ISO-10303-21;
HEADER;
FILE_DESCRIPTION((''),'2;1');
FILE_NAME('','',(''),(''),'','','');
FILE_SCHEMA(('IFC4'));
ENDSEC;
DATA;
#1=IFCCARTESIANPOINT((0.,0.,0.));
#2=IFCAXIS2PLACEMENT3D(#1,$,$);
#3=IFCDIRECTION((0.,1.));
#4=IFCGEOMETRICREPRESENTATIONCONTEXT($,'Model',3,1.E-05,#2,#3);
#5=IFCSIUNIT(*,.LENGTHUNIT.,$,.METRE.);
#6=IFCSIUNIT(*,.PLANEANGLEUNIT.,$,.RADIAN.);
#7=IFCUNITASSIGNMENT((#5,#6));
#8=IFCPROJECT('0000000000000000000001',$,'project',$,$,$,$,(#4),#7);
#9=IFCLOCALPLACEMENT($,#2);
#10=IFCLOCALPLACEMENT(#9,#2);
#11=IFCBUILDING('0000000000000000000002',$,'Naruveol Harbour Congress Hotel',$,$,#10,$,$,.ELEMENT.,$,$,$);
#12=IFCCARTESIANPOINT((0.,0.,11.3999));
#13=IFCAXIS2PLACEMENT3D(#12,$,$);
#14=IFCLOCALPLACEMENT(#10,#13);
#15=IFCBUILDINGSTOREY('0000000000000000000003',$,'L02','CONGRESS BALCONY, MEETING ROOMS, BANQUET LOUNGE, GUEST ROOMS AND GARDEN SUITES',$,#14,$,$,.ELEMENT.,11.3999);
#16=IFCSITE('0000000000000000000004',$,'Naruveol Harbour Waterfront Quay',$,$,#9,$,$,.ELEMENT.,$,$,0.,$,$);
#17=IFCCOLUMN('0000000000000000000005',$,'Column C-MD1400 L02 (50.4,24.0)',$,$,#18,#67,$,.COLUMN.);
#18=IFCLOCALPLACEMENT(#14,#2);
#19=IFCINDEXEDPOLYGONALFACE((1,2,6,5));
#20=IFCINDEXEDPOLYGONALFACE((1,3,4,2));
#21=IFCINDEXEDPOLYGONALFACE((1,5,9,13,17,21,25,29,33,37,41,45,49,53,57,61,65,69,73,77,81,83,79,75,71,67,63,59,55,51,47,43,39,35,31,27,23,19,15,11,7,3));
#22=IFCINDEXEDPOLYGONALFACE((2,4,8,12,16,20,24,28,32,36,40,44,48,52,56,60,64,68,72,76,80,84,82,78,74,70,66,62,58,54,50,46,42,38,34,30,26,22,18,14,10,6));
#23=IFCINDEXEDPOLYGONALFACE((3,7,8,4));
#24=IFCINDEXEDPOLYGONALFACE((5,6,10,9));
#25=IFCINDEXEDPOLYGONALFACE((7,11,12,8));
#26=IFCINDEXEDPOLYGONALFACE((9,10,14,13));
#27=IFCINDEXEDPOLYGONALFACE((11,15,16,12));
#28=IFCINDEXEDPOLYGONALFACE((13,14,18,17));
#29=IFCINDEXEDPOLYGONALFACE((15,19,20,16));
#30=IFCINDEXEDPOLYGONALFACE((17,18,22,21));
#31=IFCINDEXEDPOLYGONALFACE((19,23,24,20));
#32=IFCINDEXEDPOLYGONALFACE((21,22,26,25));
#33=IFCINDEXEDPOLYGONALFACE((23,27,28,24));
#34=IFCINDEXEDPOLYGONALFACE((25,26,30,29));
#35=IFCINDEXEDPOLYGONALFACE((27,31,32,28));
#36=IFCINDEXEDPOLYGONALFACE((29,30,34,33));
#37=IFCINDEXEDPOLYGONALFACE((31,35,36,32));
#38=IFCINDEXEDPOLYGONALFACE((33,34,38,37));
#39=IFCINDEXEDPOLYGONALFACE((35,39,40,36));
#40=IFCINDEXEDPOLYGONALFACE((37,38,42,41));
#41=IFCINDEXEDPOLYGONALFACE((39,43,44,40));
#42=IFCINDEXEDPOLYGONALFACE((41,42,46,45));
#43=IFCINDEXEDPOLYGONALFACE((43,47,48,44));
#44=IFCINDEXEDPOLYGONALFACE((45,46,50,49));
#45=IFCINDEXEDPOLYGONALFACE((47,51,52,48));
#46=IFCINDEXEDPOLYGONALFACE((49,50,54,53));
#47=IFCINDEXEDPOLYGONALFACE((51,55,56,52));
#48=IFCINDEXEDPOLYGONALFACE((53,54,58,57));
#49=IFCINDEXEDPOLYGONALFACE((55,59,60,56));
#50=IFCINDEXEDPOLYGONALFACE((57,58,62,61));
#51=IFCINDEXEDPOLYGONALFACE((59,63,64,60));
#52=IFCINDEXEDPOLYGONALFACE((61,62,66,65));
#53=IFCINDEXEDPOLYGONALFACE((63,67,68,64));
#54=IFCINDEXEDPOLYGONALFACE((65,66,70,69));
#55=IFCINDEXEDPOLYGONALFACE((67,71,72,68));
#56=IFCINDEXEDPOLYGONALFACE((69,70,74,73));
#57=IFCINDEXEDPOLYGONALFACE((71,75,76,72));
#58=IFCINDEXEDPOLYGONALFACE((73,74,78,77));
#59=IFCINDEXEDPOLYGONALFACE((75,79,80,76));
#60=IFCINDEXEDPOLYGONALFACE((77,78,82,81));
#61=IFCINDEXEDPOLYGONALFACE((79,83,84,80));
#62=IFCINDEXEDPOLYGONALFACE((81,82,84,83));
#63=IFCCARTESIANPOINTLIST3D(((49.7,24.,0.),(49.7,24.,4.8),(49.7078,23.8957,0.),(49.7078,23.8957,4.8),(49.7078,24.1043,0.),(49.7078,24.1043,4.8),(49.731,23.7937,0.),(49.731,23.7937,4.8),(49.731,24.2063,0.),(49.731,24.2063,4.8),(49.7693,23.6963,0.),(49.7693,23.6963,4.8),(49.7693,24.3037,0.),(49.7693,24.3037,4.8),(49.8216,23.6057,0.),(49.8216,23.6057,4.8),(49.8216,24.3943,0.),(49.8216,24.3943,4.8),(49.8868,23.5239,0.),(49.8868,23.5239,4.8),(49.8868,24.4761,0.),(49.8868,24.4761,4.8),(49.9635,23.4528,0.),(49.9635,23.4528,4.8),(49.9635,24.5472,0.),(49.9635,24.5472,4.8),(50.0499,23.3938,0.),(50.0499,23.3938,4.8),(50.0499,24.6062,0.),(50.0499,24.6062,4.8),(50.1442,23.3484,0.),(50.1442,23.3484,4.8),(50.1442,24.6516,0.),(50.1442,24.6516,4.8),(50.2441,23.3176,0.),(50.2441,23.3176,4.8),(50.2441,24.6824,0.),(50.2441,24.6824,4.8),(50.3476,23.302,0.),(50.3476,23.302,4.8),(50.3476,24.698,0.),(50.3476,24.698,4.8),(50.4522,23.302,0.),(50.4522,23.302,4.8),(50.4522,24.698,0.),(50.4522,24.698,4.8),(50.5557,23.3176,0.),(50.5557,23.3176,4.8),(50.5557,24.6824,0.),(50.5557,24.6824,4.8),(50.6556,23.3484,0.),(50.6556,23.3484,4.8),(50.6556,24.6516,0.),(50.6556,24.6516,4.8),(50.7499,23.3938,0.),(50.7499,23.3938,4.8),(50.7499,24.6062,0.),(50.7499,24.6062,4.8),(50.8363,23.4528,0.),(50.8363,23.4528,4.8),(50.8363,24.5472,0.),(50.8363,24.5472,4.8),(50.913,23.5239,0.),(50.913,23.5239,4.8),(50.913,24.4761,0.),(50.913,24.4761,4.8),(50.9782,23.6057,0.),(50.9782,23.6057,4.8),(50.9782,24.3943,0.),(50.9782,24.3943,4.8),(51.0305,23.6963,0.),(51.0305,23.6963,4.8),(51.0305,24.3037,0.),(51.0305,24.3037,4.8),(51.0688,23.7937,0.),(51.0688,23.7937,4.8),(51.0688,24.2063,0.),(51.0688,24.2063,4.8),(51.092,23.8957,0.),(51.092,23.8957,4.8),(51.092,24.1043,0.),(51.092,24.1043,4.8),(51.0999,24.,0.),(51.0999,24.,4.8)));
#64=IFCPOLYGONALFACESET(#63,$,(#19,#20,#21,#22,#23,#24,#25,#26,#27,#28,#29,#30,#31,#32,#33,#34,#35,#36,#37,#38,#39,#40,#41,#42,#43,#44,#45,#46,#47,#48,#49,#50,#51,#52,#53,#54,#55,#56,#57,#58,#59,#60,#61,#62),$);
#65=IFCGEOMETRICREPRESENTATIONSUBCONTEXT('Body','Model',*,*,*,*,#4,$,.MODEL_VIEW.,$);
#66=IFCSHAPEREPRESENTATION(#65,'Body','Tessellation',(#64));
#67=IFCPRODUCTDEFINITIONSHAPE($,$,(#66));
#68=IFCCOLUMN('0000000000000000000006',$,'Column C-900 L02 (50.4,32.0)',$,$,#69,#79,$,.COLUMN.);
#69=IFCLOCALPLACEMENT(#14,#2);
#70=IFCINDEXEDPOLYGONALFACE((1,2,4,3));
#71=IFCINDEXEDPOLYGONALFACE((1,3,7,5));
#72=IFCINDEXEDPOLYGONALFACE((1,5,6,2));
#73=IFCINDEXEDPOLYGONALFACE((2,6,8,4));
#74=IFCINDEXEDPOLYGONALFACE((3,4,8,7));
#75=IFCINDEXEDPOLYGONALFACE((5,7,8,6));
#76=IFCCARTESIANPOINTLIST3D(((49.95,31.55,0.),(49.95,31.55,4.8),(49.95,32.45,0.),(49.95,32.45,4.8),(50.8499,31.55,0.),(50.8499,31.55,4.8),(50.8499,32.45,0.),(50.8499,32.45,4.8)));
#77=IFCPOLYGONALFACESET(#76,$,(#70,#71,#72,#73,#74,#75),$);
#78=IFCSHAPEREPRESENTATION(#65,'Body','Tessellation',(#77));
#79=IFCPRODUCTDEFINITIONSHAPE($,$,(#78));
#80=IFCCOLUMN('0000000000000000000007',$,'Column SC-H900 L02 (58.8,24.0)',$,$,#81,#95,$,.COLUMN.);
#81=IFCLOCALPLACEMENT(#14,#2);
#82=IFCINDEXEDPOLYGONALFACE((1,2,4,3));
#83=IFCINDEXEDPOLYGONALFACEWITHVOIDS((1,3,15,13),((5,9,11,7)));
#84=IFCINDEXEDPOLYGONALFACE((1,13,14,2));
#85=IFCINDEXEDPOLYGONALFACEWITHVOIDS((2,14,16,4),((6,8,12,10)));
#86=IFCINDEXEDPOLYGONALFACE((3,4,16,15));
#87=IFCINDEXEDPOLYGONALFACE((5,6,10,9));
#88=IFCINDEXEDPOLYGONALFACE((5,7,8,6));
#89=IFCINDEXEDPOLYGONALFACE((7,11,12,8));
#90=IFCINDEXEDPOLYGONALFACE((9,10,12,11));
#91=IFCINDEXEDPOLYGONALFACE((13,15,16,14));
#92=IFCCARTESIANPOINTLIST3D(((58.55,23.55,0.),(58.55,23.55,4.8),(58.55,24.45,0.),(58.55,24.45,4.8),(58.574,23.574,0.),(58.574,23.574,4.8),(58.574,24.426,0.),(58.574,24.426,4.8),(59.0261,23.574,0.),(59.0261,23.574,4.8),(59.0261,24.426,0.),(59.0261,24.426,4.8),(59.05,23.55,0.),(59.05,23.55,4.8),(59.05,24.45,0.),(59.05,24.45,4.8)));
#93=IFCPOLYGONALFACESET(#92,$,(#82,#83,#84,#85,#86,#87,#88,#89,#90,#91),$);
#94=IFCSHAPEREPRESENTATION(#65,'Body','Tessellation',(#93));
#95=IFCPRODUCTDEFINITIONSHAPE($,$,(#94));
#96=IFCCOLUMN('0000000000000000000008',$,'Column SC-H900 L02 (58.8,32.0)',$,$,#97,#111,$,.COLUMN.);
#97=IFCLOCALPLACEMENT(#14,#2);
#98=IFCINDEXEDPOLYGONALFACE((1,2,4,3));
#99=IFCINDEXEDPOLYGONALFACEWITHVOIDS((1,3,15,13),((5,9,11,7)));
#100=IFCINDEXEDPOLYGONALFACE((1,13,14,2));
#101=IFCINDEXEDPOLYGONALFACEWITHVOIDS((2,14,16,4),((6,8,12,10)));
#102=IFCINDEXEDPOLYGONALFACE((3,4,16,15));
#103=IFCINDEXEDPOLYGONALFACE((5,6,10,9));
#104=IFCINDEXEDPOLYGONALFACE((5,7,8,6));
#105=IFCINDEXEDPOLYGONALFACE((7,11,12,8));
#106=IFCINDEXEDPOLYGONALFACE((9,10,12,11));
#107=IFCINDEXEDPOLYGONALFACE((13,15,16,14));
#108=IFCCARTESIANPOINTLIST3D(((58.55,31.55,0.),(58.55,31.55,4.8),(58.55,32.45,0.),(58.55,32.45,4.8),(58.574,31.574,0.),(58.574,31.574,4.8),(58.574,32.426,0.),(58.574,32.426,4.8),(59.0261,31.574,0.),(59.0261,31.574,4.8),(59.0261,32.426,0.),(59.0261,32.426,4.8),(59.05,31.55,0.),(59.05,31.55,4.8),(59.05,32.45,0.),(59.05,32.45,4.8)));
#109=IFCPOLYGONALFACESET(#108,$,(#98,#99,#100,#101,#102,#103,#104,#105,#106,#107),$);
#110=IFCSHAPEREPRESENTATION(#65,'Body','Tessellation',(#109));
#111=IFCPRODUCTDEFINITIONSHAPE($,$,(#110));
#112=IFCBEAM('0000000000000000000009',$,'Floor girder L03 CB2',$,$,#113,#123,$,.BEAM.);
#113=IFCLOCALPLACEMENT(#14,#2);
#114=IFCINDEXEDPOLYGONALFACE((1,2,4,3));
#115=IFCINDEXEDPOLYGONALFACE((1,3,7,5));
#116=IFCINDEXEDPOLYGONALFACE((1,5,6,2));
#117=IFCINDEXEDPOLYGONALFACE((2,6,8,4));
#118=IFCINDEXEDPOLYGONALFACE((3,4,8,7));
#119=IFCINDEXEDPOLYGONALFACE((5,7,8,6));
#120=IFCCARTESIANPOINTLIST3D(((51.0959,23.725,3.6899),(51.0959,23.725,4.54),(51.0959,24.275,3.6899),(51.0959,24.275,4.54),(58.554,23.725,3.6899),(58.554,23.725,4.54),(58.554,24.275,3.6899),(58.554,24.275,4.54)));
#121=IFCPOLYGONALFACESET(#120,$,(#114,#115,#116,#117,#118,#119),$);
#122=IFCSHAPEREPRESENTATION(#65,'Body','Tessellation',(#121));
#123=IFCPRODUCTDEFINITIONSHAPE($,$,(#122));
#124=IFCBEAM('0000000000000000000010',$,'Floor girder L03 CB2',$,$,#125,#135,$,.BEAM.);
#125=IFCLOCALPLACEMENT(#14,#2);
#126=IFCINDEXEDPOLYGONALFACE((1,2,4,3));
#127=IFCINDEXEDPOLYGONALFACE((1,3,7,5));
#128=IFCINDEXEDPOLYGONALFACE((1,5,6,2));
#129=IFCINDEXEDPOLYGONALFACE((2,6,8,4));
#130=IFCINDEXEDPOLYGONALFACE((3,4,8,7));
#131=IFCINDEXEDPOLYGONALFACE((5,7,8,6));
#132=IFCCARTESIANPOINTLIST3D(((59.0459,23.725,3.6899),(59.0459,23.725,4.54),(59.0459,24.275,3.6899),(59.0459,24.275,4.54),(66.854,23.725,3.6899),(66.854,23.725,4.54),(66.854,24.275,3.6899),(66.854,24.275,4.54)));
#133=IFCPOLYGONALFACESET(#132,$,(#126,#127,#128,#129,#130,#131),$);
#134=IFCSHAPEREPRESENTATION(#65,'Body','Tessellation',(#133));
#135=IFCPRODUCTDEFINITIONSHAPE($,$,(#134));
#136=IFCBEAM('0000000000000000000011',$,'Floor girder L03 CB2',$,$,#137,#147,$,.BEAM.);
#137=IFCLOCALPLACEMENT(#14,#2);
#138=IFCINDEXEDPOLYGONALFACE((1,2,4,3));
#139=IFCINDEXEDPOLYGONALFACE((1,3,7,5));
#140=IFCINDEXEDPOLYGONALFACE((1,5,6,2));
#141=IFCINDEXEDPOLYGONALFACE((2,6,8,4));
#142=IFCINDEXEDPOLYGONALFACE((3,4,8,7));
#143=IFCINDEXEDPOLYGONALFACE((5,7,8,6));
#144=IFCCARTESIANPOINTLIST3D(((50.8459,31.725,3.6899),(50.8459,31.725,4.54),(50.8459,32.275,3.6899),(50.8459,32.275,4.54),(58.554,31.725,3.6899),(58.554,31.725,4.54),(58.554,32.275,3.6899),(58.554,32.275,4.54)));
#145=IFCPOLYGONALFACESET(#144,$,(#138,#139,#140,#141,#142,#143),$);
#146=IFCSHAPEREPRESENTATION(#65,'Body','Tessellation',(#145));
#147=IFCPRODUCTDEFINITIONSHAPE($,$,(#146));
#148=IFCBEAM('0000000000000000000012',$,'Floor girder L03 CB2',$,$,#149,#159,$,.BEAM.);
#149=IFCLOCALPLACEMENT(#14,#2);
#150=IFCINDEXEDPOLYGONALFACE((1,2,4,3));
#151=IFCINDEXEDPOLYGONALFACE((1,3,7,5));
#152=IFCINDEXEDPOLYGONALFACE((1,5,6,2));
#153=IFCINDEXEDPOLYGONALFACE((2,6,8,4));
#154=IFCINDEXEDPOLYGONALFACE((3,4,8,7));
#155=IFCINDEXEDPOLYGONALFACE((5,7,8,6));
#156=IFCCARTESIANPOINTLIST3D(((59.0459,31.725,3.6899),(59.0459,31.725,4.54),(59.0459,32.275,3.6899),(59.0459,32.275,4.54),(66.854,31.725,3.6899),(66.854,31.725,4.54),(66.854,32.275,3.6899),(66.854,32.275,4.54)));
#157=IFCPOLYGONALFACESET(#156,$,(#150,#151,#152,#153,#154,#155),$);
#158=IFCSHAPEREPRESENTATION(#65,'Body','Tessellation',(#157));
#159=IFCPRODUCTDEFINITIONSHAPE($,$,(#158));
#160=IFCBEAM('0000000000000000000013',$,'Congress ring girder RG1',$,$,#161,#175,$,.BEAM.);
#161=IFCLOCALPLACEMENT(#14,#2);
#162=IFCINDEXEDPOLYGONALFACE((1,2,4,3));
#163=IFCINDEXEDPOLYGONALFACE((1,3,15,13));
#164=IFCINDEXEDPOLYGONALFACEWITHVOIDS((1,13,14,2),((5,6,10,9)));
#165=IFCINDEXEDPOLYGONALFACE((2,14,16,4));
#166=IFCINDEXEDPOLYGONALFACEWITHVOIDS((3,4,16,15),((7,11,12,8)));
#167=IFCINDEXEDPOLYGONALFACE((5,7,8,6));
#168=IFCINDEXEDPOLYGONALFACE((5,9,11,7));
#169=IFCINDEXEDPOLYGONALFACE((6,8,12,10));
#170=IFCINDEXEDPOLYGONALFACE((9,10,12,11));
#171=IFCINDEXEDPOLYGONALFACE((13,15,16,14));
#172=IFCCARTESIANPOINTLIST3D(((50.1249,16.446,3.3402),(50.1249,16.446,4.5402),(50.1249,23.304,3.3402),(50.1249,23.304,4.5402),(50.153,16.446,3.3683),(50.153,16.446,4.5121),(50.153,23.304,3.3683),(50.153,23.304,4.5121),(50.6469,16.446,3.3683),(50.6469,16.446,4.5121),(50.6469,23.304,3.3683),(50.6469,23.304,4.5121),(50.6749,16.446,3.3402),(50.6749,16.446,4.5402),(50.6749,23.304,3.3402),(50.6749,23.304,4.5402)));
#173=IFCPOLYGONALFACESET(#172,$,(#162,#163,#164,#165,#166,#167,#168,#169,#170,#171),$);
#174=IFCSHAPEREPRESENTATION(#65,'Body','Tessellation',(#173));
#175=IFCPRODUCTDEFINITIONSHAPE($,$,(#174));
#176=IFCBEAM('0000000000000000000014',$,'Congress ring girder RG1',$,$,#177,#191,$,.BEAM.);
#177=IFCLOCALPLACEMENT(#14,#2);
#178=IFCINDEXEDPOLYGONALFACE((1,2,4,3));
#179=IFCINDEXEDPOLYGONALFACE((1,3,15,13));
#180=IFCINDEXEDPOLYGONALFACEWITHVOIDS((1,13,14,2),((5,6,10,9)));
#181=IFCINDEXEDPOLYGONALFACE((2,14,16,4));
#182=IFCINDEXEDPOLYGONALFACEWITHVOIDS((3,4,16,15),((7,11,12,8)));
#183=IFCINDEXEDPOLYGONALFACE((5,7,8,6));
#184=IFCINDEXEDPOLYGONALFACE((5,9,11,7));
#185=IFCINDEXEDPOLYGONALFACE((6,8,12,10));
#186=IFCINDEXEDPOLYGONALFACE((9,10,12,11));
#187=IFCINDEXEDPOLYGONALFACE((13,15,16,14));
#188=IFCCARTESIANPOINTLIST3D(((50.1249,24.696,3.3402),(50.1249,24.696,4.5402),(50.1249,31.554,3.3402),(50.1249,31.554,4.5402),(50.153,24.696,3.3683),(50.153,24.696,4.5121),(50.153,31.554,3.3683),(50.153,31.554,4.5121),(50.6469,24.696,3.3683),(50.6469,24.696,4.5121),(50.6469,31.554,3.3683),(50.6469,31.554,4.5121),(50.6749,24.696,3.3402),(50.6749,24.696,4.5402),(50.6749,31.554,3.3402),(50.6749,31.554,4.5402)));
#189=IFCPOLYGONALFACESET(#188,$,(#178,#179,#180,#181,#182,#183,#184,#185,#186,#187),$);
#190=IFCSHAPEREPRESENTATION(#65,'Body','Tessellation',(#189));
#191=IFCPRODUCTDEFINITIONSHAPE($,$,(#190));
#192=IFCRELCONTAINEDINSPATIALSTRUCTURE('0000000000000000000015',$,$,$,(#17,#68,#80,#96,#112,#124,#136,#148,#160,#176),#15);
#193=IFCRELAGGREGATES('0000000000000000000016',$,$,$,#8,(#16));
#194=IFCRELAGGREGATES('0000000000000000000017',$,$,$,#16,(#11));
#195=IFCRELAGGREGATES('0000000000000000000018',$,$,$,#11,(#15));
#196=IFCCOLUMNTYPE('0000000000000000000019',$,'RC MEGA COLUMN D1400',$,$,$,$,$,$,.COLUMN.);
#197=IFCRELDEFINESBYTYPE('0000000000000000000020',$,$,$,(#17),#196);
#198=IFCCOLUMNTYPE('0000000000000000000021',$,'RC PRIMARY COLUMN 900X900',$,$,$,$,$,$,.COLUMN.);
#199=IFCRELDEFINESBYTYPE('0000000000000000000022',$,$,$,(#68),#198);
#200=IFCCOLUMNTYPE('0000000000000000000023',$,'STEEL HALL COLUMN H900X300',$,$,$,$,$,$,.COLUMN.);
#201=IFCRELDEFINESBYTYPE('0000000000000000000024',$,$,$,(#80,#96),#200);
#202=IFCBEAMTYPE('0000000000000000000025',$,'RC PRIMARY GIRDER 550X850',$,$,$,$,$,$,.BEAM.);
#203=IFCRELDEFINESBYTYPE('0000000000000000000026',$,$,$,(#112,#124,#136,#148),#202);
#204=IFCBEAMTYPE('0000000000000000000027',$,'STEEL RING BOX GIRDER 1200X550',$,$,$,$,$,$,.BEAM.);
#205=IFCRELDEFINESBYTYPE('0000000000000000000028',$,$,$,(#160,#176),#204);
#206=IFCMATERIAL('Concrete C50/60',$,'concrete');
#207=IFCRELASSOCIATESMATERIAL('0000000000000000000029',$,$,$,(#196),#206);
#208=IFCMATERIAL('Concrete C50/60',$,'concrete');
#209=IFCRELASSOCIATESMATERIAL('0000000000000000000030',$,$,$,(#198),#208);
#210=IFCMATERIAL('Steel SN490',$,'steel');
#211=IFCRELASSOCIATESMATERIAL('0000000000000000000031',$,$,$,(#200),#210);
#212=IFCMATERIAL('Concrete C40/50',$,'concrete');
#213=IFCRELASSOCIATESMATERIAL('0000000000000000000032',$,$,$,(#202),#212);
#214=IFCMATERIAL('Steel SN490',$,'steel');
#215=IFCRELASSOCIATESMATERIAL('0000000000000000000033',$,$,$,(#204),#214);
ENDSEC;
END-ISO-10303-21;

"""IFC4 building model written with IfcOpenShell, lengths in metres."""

from ifc_helpers import new_model, si_unit, direction, frame, origin, origin_2d, place, context, subcontext, project, spatial, rectangle, hollow_rectangle, circle, extrude, material, material_profile, profile_set, type_object, element, save


model = new_model("IFC4")

# Units and contexts
model_context = context("Model", 3, precision=1e-05, world=origin(), true_north=direction((0.0, 1.0)))
body_context = subcontext(model_context, "Body", "Model", "MODEL_VIEW")
ifc_project = project(units=[si_unit("LENGTHUNIT", "METRE"), si_unit("PLANEANGLEUNIT", "RADIAN")], contexts=[model_context])

# Site, building, storey
site_placement = place(None, origin())
site = spatial("IfcSite", under=ifc_project, at=site_placement, Name="Naruveol Harbour Waterfront Quay", CompositionType="ELEMENT", RefElevation=0.0)
building_placement = place(site_placement, origin())
building = spatial("IfcBuilding", under=site, at=building_placement, Name="Naruveol Harbour Congress Hotel", CompositionType="ELEMENT")
storey_placement = place(building_placement, frame((0.0, 0.0, 11.3999)))
storey = spatial("IfcBuildingStorey", under=building, at=storey_placement, Name="L02", Description="CONGRESS BALCONY, MEETING ROOMS, BANQUET LOUNGE, GUEST ROOMS AND GARDEN SUITES", CompositionType="ELEMENT", Elevation=11.3999)

# Columns
ifc_material_1 = material(Name="Concrete C50/60", Category="concrete")
ifc_material_profile_1 = material_profile(ifc_material_1, circle(Radius=0.7, at=origin_2d()), Name="RC-D1400")
ifc_profile_set_1 = profile_set([ifc_material_profile_1], Name="Concrete C50/60")
column_type_1 = type_object("IfcColumnType", Name="RC MEGA COLUMN D1400", PredefinedType="COLUMN", material=ifc_profile_set_1)
column_1_placement = place(storey_placement, frame((50.3999, 24.0, 0.0), z_axis=(0.0, 0.0, 1.0), x_axis=(1.0, 0.0, 0.0)))
element("IfcColumn", 1, at=column_1_placement, inside=storey, type_object=column_type_1, Name="Column C-MD1400 L02 (50.4,24.0)", PredefinedType="COLUMN", context=body_context, shape_type="SweptSolid", body=[
    extrude(circle(Radius=0.7, at=origin_2d()), origin(), (0.0, 0.0, 1.0), 4.8),
])
ifc_material_2 = material(Name="Concrete C50/60", Category="concrete")
ifc_material_profile_2 = material_profile(ifc_material_2, rectangle(XDim=0.8999, YDim=0.8999, at=origin_2d()), Name="RC-900x900")
ifc_profile_set_2 = profile_set([ifc_material_profile_2], Name="Concrete C50/60")
column_type_2 = type_object("IfcColumnType", Name="RC PRIMARY COLUMN 900X900", PredefinedType="COLUMN", material=ifc_profile_set_2)
column_2_placement = place(storey_placement, frame((50.3999, 32.0, 0.0), z_axis=(0.0, 0.0, 1.0), x_axis=(1.0, 0.0, 0.0)))
element("IfcColumn", 2, at=column_2_placement, inside=storey, type_object=column_type_2, Name="Column C-900 L02 (50.4,32.0)", PredefinedType="COLUMN", context=body_context, shape_type="SweptSolid", body=[
    extrude(rectangle(XDim=0.8999, YDim=0.8999, at=origin_2d()), origin(), (0.0, 0.0, 1.0), 4.8),
])
ifc_material_3 = material(Name="Steel SN490", Category="steel")
ifc_material_profile_3 = material_profile(ifc_material_3, hollow_rectangle(XDim=0.5, YDim=0.8999, WallThickness=0.0239, at=origin_2d()), Name="RHS-900x500x24")
ifc_profile_set_3 = profile_set([ifc_material_profile_3], Name="Steel SN490")
column_type_3 = type_object("IfcColumnType", Name="STEEL HALL COLUMN H900X300", PredefinedType="COLUMN", material=ifc_profile_set_3)
for number, where, z_axis, x_axis, name in (
    (3, (58.8, 24.0, 0.0), (0.0, 0.0, 1.0), (1.0, 0.0, 0.0), "Column SC-H900 L02 (58.8,24.0)"),
    (4, (58.8, 32.0, 0.0), (0.0, 0.0, 1.0), (1.0, 0.0, 0.0), "Column SC-H900 L02 (58.8,32.0)"),
):
    element("IfcColumn", number, at=place(storey_placement, frame(where, z_axis=z_axis, x_axis=x_axis)), inside=storey, type_object=column_type_3, Name=name, PredefinedType="COLUMN", context=body_context, shape_type="SweptSolid", body=[
        extrude(hollow_rectangle(XDim=0.5, YDim=0.8999, WallThickness=0.0239, at=origin_2d()), origin(), (0.0, 0.0, 1.0), 4.8),
    ])

# Beams
ifc_material_4 = material(Name="Concrete C40/50", Category="concrete")
ifc_material_profile_4 = material_profile(ifc_material_4, rectangle(XDim=0.55, YDim=0.8501, at=origin_2d()), Name="RCB-550x850")
ifc_profile_set_4 = profile_set([ifc_material_profile_4], Name="Concrete C40/50")
beam_type_1 = type_object("IfcBeamType", Name="RC PRIMARY GIRDER 550X850", PredefinedType="BEAM", material=ifc_profile_set_4)
beam_1_placement = place(storey_placement, frame((51.0959, 24.0, 4.115), z_axis=(1.0, 0.0, 0.0), x_axis=(0.0, 1.0, 0.0)))
element("IfcBeam", 5, at=beam_1_placement, inside=storey, type_object=beam_type_1, Name="Floor girder L03 CB2", PredefinedType="BEAM", context=body_context, shape_type="SweptSolid", body=[
    extrude(rectangle(XDim=0.55, YDim=0.8501, at=origin_2d()), origin(), (0.0, 0.0, 1.0), 7.458),
])
beam_2_placement = place(storey_placement, frame((59.0459, 24.0, 4.115), z_axis=(1.0, 0.0, 0.0), x_axis=(0.0, 1.0, 0.0)))
element("IfcBeam", 6, at=beam_2_placement, inside=storey, type_object=beam_type_1, Name="Floor girder L03 CB2", PredefinedType="BEAM", context=body_context, shape_type="SweptSolid", body=[
    extrude(rectangle(XDim=0.55, YDim=0.8501, at=origin_2d()), origin(), (0.0, 0.0, 1.0), 7.8081),
])
beam_3_placement = place(storey_placement, frame((50.8459, 32.0, 4.115), z_axis=(1.0, 0.0, 0.0), x_axis=(0.0, 1.0, 0.0)))
element("IfcBeam", 7, at=beam_3_placement, inside=storey, type_object=beam_type_1, Name="Floor girder L03 CB2", PredefinedType="BEAM", context=body_context, shape_type="SweptSolid", body=[
    extrude(rectangle(XDim=0.55, YDim=0.8501, at=origin_2d()), origin(), (0.0, 0.0, 1.0), 7.708),
])
beam_4_placement = place(storey_placement, frame((59.0459, 32.0, 4.115), z_axis=(1.0, 0.0, 0.0), x_axis=(0.0, 1.0, 0.0)))
element("IfcBeam", 8, at=beam_4_placement, inside=storey, type_object=beam_type_1, Name="Floor girder L03 CB2", PredefinedType="BEAM", context=body_context, shape_type="SweptSolid", body=[
    extrude(rectangle(XDim=0.55, YDim=0.8501, at=origin_2d()), origin(), (0.0, 0.0, 1.0), 7.8081),
])
ifc_material_5 = material(Name="Steel SN490", Category="steel")
ifc_material_profile_5 = material_profile(ifc_material_5, hollow_rectangle(XDim=0.55, YDim=1.2, WallThickness=0.0281, at=origin_2d()), Name="RHS-1200x550x28")
ifc_profile_set_5 = profile_set([ifc_material_profile_5], Name="Steel SN490")
beam_type_2 = type_object("IfcBeamType", Name="STEEL RING BOX GIRDER 1200X550", PredefinedType="BEAM", material=ifc_profile_set_5)
for number, where, z_axis, x_axis, name in (
    (9, (50.3999, 16.446, 3.9402), (0.0, 1.0, 0.0), (-1.0, 0.0, 0.0), "Congress ring girder RG1"),
    (10, (50.3999, 24.696, 3.9402), (0.0, 1.0, 0.0), (-1.0, 0.0, 0.0), "Congress ring girder RG1"),
):
    element("IfcBeam", number, at=place(storey_placement, frame(where, z_axis=z_axis, x_axis=x_axis)), inside=storey, type_object=beam_type_2, Name=name, PredefinedType="BEAM", context=body_context, shape_type="SweptSolid", body=[
        extrude(hollow_rectangle(XDim=0.55, YDim=1.2, WallThickness=0.0281, at=origin_2d()), origin(), (0.0, 0.0, 1.0), 6.8579),
    ])

save(model, "model.ifc")
